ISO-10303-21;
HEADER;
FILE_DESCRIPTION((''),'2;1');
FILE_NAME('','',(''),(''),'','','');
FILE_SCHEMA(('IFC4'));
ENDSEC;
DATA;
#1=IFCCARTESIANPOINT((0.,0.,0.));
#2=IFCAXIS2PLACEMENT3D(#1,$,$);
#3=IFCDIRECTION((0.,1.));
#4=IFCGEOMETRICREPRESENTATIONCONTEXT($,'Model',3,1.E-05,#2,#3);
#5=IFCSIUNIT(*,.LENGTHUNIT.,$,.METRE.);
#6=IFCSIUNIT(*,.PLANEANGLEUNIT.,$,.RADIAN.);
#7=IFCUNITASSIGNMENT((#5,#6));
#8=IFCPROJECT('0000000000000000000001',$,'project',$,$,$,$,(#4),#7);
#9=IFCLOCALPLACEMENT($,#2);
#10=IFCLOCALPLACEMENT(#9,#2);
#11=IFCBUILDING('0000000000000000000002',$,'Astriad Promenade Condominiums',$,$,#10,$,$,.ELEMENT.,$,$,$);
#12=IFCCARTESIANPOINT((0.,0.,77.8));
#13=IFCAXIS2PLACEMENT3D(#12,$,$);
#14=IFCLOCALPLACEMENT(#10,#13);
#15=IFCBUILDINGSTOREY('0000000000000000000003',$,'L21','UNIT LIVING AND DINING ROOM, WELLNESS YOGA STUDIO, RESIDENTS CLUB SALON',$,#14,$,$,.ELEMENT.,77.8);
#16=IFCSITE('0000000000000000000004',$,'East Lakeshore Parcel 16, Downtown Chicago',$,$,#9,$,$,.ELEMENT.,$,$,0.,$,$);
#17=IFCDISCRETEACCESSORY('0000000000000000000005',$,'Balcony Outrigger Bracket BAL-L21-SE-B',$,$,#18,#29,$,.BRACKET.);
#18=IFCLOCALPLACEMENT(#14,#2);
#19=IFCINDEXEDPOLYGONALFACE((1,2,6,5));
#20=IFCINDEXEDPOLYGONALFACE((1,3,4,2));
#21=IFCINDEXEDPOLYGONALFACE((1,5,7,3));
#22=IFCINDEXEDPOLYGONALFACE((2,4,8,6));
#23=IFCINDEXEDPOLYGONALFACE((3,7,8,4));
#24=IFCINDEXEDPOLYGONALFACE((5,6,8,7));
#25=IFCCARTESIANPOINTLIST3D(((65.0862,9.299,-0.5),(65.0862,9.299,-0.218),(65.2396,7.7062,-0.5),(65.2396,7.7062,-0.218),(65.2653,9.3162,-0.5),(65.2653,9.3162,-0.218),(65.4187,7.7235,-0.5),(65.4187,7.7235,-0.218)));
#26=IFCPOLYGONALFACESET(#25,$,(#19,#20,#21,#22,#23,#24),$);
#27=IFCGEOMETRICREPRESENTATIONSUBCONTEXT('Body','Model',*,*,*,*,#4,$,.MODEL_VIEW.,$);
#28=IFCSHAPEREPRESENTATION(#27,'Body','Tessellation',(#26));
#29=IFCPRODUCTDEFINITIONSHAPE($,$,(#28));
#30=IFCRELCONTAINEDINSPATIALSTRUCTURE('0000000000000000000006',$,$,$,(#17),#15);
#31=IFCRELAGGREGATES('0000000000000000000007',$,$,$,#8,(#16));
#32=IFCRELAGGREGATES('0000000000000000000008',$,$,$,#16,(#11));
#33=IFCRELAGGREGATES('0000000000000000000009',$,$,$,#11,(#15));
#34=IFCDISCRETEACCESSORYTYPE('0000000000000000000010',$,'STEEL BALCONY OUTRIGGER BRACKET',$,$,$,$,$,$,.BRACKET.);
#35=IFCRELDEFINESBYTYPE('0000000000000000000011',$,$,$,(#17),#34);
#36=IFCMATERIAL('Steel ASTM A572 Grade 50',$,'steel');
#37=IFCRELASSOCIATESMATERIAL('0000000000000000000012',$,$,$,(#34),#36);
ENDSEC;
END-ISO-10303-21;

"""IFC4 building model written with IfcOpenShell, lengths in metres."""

from ifc_helpers import new_model, si_unit, direction, frame, origin, origin_2d, place, context, subcontext, project, spatial, rectangle, extrude, source, transform, mapped, material, type_object, type_shapes, element, save


model = new_model("IFC4")

# Units and contexts
model_context = context("Model", 3, precision=1e-05, world=origin(), true_north=direction((0.0, 1.0)))
body_context = subcontext(model_context, "Body", "Model", "MODEL_VIEW")
ifc_project = project(units=[si_unit("LENGTHUNIT", "METRE"), si_unit("PLANEANGLEUNIT", "RADIAN")], contexts=[model_context])

# Site, building, storey
site_placement = place(None, origin())
site = spatial("IfcSite", under=ifc_project, at=site_placement, Name="East Lakeshore Parcel 16, Downtown Chicago", CompositionType="ELEMENT", RefElevation=0.0)
building_placement = place(site_placement, origin())
building = spatial("IfcBuilding", under=site, at=building_placement, Name="Astriad Promenade Condominiums", CompositionType="ELEMENT")
storey_placement = place(building_placement, frame((0.0, 0.0, 77.8)))
storey = spatial("IfcBuildingStorey", under=building, at=storey_placement, Name="L21", Description="UNIT LIVING AND DINING ROOM, WELLNESS YOGA STUDIO, RESIDENTS CLUB SALON", CompositionType="ELEMENT", Elevation=77.8)

# Discrete accessory
ifc_material_1 = material(Name="Steel ASTM A572 Grade 50", Category="steel")
discrete_accessory_type = type_object("IfcDiscreteAccessoryType", Name="STEEL BALCONY OUTRIGGER BRACKET", PredefinedType="BRACKET", material=ifc_material_1)
shared_shape_1 = source(origin(), body_context, "Body", "SweptSolid", [
    extrude(rectangle(XDim=1.6001, YDim=0.1799, at=origin_2d()), origin(), (0.0, 0.0, 1.0), 0.282),
])
type_shapes(discrete_accessory_type, [shared_shape_1])
discrete_accessory_placement = place(storey_placement, frame((65.2524, 8.5112, -0.5), z_axis=(0.0, 0.0, 1.0), x_axis=(0.095846, -0.995396, 0.0)))
element("IfcDiscreteAccessory", 1, at=discrete_accessory_placement, inside=storey, type_object=discrete_accessory_type, Name="Balcony Outrigger Bracket BAL-L21-SE-B", PredefinedType="BRACKET", context=body_context, shape_type="MappedRepresentation", body=[
    mapped(shared_shape_1, transform((0.0, 0.0, 0.0), scale=1.0)),
])

save(model, "model.ifc")
